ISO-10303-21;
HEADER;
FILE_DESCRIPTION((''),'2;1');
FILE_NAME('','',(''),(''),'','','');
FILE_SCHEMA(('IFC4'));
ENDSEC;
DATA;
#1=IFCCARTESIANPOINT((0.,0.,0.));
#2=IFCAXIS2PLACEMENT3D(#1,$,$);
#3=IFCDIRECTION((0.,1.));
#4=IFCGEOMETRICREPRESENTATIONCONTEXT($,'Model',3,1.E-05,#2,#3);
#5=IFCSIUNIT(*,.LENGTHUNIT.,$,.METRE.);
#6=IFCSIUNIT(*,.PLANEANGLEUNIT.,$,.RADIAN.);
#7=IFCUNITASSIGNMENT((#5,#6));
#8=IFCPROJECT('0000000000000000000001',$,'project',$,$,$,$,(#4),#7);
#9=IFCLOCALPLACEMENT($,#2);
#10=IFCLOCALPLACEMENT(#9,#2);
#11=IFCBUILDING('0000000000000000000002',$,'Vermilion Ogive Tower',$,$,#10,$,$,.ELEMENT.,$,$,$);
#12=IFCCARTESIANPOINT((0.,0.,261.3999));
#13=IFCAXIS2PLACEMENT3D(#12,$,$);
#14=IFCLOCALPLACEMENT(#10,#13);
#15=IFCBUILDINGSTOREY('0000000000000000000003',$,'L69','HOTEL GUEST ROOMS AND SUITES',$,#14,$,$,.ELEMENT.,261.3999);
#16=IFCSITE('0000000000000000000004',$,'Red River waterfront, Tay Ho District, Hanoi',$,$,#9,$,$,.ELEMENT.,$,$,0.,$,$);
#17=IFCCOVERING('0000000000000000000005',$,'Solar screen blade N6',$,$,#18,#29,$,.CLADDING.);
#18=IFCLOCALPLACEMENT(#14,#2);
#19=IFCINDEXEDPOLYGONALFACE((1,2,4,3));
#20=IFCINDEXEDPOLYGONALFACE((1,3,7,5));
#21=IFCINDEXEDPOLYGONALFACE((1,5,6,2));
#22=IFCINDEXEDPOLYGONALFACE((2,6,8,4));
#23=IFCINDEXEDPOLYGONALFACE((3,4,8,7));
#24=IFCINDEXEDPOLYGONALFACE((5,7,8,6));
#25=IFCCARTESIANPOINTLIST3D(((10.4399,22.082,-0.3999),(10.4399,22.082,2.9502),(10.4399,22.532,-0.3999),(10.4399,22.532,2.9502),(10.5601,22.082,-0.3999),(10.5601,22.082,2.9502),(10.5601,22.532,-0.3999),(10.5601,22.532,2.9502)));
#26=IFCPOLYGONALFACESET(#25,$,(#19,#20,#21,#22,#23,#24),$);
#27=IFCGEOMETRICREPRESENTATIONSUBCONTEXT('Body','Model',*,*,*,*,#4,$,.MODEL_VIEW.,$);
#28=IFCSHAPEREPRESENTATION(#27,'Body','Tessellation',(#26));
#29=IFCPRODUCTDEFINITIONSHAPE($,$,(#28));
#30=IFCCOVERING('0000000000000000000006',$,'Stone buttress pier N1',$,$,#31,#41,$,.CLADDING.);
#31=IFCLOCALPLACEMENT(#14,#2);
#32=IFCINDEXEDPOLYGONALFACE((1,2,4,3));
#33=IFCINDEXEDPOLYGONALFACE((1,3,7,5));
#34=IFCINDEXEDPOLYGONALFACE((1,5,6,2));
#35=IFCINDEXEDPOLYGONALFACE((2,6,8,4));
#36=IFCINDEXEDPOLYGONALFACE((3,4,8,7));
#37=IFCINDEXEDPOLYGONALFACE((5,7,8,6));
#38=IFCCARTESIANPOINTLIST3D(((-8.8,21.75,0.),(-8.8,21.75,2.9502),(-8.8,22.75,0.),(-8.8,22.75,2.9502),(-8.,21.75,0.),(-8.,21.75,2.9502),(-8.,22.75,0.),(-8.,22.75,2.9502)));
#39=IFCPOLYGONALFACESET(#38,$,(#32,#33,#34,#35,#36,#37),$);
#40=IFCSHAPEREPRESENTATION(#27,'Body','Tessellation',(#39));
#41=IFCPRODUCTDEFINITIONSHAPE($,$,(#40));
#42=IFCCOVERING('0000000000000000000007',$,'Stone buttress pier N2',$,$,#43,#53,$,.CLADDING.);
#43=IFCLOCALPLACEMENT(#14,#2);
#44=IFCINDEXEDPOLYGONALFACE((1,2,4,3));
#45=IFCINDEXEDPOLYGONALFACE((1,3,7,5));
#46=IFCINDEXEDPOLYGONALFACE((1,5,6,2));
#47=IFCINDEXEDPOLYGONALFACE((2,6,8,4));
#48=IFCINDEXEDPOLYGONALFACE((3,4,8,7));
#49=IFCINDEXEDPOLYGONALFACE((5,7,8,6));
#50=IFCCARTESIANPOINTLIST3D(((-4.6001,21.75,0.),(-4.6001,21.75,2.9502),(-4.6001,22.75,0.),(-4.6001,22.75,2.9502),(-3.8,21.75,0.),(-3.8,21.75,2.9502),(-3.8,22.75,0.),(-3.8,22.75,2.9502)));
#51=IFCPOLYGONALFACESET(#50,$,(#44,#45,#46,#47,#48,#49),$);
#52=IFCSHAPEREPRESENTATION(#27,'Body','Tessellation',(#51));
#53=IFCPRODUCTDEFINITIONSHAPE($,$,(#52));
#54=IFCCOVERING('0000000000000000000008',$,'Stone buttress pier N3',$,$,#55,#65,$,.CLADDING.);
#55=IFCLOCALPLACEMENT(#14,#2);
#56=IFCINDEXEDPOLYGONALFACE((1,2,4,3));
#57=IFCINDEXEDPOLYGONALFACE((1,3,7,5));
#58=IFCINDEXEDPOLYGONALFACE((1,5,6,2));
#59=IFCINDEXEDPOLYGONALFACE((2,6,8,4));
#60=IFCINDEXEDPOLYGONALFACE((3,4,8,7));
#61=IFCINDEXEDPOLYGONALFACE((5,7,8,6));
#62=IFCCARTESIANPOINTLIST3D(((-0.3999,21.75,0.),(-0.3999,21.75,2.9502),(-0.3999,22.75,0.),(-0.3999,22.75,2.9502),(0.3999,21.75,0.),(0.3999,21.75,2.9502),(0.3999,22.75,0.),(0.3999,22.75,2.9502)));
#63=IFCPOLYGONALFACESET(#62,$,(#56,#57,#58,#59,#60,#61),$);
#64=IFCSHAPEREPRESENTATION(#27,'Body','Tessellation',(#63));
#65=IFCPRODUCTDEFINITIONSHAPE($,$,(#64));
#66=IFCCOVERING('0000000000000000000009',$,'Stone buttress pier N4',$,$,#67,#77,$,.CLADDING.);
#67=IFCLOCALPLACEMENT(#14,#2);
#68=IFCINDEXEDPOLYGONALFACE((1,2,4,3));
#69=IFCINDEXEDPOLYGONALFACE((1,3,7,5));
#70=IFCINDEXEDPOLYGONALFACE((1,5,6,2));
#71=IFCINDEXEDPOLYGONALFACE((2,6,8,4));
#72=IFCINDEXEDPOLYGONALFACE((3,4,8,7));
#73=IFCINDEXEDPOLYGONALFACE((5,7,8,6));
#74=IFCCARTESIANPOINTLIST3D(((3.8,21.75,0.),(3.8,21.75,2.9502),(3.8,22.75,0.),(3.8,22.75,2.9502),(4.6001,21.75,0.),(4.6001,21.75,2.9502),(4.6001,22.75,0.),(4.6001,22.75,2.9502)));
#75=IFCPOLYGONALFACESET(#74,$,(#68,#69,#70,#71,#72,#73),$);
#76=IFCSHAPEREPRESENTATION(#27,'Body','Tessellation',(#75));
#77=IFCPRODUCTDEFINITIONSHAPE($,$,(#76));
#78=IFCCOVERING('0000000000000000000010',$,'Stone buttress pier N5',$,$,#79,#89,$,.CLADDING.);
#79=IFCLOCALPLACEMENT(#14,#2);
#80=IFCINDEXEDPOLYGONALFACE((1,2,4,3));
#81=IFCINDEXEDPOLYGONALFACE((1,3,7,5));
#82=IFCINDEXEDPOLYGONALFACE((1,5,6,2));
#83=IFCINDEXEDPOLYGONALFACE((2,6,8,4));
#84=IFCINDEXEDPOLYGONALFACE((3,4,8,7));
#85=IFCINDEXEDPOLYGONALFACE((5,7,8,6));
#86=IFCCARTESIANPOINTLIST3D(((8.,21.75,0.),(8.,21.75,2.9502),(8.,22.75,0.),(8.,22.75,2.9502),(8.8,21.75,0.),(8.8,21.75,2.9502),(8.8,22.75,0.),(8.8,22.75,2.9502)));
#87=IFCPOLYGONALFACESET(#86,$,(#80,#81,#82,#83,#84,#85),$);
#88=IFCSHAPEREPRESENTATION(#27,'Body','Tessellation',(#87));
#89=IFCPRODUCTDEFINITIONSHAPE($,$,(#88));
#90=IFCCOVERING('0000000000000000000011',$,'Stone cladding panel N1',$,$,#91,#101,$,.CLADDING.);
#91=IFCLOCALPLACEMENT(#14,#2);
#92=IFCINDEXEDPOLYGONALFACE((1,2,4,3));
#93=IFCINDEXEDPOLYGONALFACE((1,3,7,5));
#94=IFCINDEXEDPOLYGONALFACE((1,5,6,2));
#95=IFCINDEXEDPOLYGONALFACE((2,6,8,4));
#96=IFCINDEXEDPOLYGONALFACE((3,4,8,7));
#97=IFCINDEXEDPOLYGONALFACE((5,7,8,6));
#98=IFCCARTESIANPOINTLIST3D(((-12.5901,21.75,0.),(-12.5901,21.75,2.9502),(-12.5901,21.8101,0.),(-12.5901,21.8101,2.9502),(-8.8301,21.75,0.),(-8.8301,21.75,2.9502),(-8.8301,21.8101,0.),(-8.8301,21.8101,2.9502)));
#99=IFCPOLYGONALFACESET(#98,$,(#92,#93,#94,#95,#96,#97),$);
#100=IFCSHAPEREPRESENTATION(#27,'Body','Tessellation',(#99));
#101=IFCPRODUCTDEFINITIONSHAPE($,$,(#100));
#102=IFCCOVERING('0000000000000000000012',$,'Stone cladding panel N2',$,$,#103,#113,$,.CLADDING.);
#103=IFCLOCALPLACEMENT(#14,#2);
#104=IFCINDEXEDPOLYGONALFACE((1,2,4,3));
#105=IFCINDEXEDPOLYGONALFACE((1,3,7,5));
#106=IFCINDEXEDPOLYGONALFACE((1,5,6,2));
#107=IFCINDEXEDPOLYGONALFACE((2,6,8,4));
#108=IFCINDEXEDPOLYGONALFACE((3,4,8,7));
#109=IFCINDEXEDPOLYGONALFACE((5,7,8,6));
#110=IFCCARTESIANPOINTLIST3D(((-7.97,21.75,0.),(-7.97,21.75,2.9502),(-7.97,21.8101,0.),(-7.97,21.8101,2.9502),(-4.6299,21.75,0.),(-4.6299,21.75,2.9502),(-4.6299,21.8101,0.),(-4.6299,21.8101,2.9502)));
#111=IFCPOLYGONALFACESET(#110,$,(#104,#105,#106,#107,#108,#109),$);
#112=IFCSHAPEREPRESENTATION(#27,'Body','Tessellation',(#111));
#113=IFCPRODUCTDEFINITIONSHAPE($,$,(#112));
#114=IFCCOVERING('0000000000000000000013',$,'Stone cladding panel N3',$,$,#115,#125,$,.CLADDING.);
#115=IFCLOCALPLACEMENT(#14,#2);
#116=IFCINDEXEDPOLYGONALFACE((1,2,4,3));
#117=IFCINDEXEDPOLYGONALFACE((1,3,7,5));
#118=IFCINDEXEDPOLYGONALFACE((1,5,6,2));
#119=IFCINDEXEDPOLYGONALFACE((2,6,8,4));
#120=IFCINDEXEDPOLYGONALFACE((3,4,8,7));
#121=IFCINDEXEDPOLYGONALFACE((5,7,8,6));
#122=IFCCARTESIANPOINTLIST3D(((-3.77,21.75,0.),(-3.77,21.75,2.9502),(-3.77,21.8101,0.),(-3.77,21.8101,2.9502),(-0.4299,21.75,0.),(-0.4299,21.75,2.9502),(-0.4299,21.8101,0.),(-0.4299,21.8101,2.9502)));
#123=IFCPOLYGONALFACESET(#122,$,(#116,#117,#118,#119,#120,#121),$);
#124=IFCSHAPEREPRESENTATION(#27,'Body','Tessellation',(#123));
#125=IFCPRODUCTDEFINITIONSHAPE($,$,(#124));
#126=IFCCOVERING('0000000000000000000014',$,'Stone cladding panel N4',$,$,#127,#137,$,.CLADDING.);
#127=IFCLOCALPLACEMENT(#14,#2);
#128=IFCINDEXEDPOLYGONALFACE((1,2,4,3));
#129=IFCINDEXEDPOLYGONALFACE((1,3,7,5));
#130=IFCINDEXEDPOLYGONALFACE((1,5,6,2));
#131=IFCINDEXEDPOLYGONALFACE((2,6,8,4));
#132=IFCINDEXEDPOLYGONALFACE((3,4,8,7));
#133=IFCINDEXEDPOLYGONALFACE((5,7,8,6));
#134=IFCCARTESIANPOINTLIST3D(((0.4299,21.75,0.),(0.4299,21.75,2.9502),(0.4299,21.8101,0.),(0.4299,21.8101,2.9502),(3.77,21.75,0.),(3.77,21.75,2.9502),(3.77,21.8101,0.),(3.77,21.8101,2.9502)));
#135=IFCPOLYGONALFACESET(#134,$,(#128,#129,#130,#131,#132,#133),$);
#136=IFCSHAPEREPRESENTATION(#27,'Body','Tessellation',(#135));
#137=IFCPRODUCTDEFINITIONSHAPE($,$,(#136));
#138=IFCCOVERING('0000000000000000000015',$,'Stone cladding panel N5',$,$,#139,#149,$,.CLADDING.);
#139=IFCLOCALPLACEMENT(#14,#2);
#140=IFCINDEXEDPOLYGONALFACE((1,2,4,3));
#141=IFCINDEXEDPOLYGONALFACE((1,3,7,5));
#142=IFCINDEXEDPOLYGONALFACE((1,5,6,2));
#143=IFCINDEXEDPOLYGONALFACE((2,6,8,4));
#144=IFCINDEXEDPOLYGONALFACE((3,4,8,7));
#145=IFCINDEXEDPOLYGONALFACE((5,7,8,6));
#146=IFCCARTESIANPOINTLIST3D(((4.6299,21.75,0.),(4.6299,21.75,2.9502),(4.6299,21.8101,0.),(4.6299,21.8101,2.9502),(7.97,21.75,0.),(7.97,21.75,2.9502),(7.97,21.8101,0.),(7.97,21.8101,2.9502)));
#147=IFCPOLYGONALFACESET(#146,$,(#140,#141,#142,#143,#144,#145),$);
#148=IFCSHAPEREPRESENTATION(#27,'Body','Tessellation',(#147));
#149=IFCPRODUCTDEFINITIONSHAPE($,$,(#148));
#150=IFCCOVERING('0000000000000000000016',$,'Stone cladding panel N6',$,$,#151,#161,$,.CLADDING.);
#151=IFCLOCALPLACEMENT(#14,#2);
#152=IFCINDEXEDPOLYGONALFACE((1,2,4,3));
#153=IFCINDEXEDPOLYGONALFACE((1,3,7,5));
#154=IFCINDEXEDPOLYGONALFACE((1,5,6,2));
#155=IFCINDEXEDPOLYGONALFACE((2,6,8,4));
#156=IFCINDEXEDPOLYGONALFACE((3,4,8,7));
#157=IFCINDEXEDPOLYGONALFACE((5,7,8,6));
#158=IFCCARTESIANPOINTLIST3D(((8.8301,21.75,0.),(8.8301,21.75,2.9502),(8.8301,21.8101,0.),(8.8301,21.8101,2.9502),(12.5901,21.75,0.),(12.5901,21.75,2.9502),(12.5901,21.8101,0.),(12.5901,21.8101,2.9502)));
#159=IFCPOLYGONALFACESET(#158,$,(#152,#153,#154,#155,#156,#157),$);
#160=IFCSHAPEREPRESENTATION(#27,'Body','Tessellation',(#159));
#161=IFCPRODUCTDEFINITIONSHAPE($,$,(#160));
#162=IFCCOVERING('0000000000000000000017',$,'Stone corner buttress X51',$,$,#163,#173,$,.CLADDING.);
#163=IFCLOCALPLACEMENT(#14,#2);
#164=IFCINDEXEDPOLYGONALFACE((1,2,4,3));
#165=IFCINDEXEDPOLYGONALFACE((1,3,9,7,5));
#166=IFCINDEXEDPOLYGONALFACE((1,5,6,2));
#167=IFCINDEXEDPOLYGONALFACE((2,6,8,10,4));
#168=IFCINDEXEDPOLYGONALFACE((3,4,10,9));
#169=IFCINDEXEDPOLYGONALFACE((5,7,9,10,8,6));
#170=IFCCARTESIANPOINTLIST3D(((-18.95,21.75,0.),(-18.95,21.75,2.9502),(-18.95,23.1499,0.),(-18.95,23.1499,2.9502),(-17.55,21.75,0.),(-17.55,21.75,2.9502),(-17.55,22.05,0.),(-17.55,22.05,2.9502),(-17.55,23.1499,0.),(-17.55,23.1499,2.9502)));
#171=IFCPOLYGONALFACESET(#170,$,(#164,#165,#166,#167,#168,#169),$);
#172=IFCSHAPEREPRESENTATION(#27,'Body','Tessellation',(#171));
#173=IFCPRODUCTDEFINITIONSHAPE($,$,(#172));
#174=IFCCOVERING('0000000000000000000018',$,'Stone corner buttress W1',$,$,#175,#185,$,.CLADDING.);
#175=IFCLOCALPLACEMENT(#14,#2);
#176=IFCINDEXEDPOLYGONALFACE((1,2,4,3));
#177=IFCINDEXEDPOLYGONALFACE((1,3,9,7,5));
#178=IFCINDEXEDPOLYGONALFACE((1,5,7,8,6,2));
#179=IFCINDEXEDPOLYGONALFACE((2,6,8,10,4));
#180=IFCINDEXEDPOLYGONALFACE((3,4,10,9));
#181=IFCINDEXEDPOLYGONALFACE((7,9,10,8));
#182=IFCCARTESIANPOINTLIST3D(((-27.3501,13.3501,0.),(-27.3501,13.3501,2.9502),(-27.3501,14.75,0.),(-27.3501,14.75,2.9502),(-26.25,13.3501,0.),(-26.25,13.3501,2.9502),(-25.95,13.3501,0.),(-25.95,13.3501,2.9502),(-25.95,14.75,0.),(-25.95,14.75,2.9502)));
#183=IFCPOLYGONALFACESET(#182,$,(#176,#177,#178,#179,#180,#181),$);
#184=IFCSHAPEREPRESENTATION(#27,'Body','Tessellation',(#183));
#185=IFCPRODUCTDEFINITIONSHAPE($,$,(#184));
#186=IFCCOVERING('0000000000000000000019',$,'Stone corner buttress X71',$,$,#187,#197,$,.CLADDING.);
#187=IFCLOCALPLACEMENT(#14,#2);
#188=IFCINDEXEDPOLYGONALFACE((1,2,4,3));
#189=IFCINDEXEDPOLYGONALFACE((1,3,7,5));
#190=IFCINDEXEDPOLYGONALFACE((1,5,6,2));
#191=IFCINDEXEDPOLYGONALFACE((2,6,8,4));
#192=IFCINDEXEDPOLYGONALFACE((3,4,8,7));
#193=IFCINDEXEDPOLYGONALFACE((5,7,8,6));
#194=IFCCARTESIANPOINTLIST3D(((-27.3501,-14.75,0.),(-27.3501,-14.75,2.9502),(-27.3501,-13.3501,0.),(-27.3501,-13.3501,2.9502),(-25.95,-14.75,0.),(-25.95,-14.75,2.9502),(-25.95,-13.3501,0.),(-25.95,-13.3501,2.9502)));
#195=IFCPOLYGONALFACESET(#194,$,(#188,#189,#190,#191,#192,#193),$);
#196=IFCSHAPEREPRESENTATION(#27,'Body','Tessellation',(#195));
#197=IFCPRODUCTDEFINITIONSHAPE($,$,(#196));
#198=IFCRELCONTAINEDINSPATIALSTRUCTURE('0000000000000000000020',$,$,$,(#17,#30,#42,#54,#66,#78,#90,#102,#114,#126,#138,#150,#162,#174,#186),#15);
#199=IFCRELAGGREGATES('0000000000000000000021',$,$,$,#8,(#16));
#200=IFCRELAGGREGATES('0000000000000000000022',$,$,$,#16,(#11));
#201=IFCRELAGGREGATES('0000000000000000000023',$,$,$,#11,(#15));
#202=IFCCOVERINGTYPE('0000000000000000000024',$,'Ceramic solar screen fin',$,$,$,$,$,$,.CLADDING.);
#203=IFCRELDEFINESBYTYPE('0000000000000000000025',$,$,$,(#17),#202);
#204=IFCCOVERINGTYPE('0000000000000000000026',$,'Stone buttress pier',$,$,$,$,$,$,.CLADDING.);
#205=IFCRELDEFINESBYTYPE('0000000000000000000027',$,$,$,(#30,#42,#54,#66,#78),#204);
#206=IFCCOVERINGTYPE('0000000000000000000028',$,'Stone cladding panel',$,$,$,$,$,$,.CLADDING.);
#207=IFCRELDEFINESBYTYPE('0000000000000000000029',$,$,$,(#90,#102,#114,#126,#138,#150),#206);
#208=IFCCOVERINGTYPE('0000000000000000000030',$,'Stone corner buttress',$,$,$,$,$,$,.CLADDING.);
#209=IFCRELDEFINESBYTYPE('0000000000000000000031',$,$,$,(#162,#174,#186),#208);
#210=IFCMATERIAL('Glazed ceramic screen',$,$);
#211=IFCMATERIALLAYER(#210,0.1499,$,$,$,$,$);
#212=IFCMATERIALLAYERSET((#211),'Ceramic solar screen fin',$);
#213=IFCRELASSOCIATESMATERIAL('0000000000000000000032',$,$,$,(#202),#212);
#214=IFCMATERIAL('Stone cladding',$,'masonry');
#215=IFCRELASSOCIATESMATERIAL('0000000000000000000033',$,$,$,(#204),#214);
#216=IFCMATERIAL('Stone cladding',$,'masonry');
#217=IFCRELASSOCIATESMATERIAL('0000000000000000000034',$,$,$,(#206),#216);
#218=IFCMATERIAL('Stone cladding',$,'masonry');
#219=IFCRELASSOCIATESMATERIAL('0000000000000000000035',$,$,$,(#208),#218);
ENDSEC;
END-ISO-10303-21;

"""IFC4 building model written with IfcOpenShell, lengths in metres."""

from ifc_helpers import new_model, si_unit, direction, frame, origin, place, context, subcontext, project, spatial, polyline, outline, extrude, material, layer, layer_set, type_object, element, save


model = new_model("IFC4")

# Units and contexts
model_context = context("Model", 3, precision=1e-05, world=origin(), true_north=direction((0.0, 1.0)))
body_context = subcontext(model_context, "Body", "Model", "MODEL_VIEW")
ifc_project = project(units=[si_unit("LENGTHUNIT", "METRE"), si_unit("PLANEANGLEUNIT", "RADIAN")], contexts=[model_context])

# Site, building, storey
site_placement = place(None, origin())
site = spatial("IfcSite", under=ifc_project, at=site_placement, Name="Red River waterfront, Tay Ho District, Hanoi", CompositionType="ELEMENT", RefElevation=0.0)
building_placement = place(site_placement, origin())
building = spatial("IfcBuilding", under=site, at=building_placement, Name="Vermilion Ogive Tower", CompositionType="ELEMENT")
storey_placement = place(building_placement, frame((0.0, 0.0, 261.3999)))
storey = spatial("IfcBuildingStorey", under=building, at=storey_placement, Name="L69", Description="HOTEL GUEST ROOMS AND SUITES", CompositionType="ELEMENT", Elevation=261.3999)

# Coverings
ifc_material_1 = material(Name="Glazed ceramic screen")
ifc_layer_1 = layer(ifc_material_1, 0.1499)
ifc_layer_set_1 = layer_set([ifc_layer_1], Name="Ceramic solar screen fin")
covering_type_1 = type_object("IfcCoveringType", Name="Ceramic solar screen fin", PredefinedType="CLADDING", material=ifc_layer_set_1)
covering_1_placement = place(storey_placement, frame((0.0, 0.0, -0.3999)))
element("IfcCovering", 1, at=covering_1_placement, inside=storey, type_object=covering_type_1, Name="Solar screen blade N6", PredefinedType="CLADDING", context=body_context, shape_type="SweptSolid", body=[
    extrude(outline(polyline([(10.4399, 22.082), (10.5601, 22.082), (10.5601, 22.532), (10.4399, 22.532), (10.4399, 22.082)])), origin(), (0.0, 0.0, 1.0), 3.3501),
])
ifc_material_2 = material(Name="Stone cladding", Category="masonry")
covering_type_2 = type_object("IfcCoveringType", Name="Stone buttress pier", PredefinedType="CLADDING", material=ifc_material_2)
covering_2_placement = place(storey_placement, origin())
element("IfcCovering", 2, at=covering_2_placement, inside=storey, type_object=covering_type_2, Name="Stone buttress pier N1", PredefinedType="CLADDING", context=body_context, shape_type="SweptSolid", body=[
    extrude(outline(polyline([(-8.8, 21.75), (-8.0, 21.75), (-8.0, 22.75), (-8.8, 22.75), (-8.8, 21.75)])), origin(), (0.0, 0.0, 1.0), 2.9502),
])
covering_3_placement = place(storey_placement, origin())
element("IfcCovering", 3, at=covering_3_placement, inside=storey, type_object=covering_type_2, Name="Stone buttress pier N2", PredefinedType="CLADDING", context=body_context, shape_type="SweptSolid", body=[
    extrude(outline(polyline([(-4.6001, 21.75), (-3.8, 21.75), (-3.8, 22.75), (-4.6001, 22.75), (-4.6001, 21.75)])), origin(), (0.0, 0.0, 1.0), 2.9502),
])
covering_4_placement = place(storey_placement, origin())
element("IfcCovering", 4, at=covering_4_placement, inside=storey, type_object=covering_type_2, Name="Stone buttress pier N3", PredefinedType="CLADDING", context=body_context, shape_type="SweptSolid", body=[
    extrude(outline(polyline([(-0.3999, 21.75), (0.3999, 21.75), (0.3999, 22.75), (-0.3999, 22.75), (-0.3999, 21.75)])), origin(), (0.0, 0.0, 1.0), 2.9502),
])
covering_5_placement = place(storey_placement, origin())
element("IfcCovering", 5, at=covering_5_placement, inside=storey, type_object=covering_type_2, Name="Stone buttress pier N4", PredefinedType="CLADDING", context=body_context, shape_type="SweptSolid", body=[
    extrude(outline(polyline([(3.8, 21.75), (4.6001, 21.75), (4.6001, 22.75), (3.8, 22.75), (3.8, 21.75)])), origin(), (0.0, 0.0, 1.0), 2.9502),
])
covering_6_placement = place(storey_placement, origin())
element("IfcCovering", 6, at=covering_6_placement, inside=storey, type_object=covering_type_2, Name="Stone buttress pier N5", PredefinedType="CLADDING", context=body_context, shape_type="SweptSolid", body=[
    extrude(outline(polyline([(8.0, 21.75), (8.8, 21.75), (8.8, 22.75), (8.0, 22.75), (8.0, 21.75)])), origin(), (0.0, 0.0, 1.0), 2.9502),
])
ifc_material_3 = material(Name="Stone cladding", Category="masonry")
covering_type_3 = type_object("IfcCoveringType", Name="Stone cladding panel", PredefinedType="CLADDING", material=ifc_material_3)
covering_7_placement = place(storey_placement, origin())
element("IfcCovering", 7, at=covering_7_placement, inside=storey, type_object=covering_type_3, Name="Stone cladding panel N1", PredefinedType="CLADDING", context=body_context, shape_type="SweptSolid", body=[
    extrude(outline(polyline([(-12.5901, 21.75), (-8.8301, 21.75), (-8.8301, 21.8101), (-12.5901, 21.8101), (-12.5901, 21.75)])), origin(), (0.0, 0.0, 1.0), 2.9502),
])
covering_8_placement = place(storey_placement, origin())
element("IfcCovering", 8, at=covering_8_placement, inside=storey, type_object=covering_type_3, Name="Stone cladding panel N2", PredefinedType="CLADDING", context=body_context, shape_type="SweptSolid", body=[
    extrude(outline(polyline([(-7.97, 21.75), (-4.6299, 21.75), (-4.6299, 21.8101), (-7.97, 21.8101), (-7.97, 21.75)])), origin(), (0.0, 0.0, 1.0), 2.9502),
])
covering_9_placement = place(storey_placement, origin())
element("IfcCovering", 9, at=covering_9_placement, inside=storey, type_object=covering_type_3, Name="Stone cladding panel N3", PredefinedType="CLADDING", context=body_context, shape_type="SweptSolid", body=[
    extrude(outline(polyline([(-3.77, 21.75), (-0.4299, 21.75), (-0.4299, 21.8101), (-3.77, 21.8101), (-3.77, 21.75)])), origin(), (0.0, 0.0, 1.0), 2.9502),
])
covering_10_placement = place(storey_placement, origin())
element("IfcCovering", 10, at=covering_10_placement, inside=storey, type_object=covering_type_3, Name="Stone cladding panel N4", PredefinedType="CLADDING", context=body_context, shape_type="SweptSolid", body=[
    extrude(outline(polyline([(0.4299, 21.75), (3.77, 21.75), (3.77, 21.8101), (0.4299, 21.8101), (0.4299, 21.75)])), origin(), (0.0, 0.0, 1.0), 2.9502),
])
covering_11_placement = place(storey_placement, origin())
element("IfcCovering", 11, at=covering_11_placement, inside=storey, type_object=covering_type_3, Name="Stone cladding panel N5", PredefinedType="CLADDING", context=body_context, shape_type="SweptSolid", body=[
    extrude(outline(polyline([(4.6299, 21.75), (7.97, 21.75), (7.97, 21.8101), (4.6299, 21.8101), (4.6299, 21.75)])), origin(), (0.0, 0.0, 1.0), 2.9502),
])
covering_12_placement = place(storey_placement, origin())
element("IfcCovering", 12, at=covering_12_placement, inside=storey, type_object=covering_type_3, Name="Stone cladding panel N6", PredefinedType="CLADDING", context=body_context, shape_type="SweptSolid", body=[
    extrude(outline(polyline([(8.8301, 21.75), (12.5901, 21.75), (12.5901, 21.8101), (8.8301, 21.8101), (8.8301, 21.75)])), origin(), (0.0, 0.0, 1.0), 2.9502),
])
ifc_material_4 = material(Name="Stone cladding", Category="masonry")
covering_type_4 = type_object("IfcCoveringType", Name="Stone corner buttress", PredefinedType="CLADDING", material=ifc_material_4)
covering_13_placement = place(storey_placement, origin())
element("IfcCovering", 13, at=covering_13_placement, inside=storey, type_object=covering_type_4, Name="Stone corner buttress X51", PredefinedType="CLADDING", context=body_context, shape_type="SweptSolid", body=[
    extrude(outline(polyline([(-18.95, 21.75), (-18.95, 23.1499), (-17.55, 23.1499), (-17.55, 22.05), (-17.55, 21.75), (-18.95, 21.75)])), origin(), (0.0, 0.0, 1.0), 2.9502),
])
covering_14_placement = place(storey_placement, origin())
element("IfcCovering", 14, at=covering_14_placement, inside=storey, type_object=covering_type_4, Name="Stone corner buttress W1", PredefinedType="CLADDING", context=body_context, shape_type="SweptSolid", body=[
    extrude(outline(polyline([(-25.95, 14.75), (-25.95, 13.3501), (-26.25, 13.3501), (-27.3501, 13.3501), (-27.3501, 14.75), (-25.95, 14.75)])), origin(), (0.0, 0.0, 1.0), 2.9502),
])
covering_15_placement = place(storey_placement, origin())
element("IfcCovering", 15, at=covering_15_placement, inside=storey, type_object=covering_type_4, Name="Stone corner buttress X71", PredefinedType="CLADDING", context=body_context, shape_type="SweptSolid", body=[
    extrude(outline(polyline([(-27.3501, -14.75), (-27.3501, -13.3501), (-25.95, -13.3501), (-25.95, -14.75), (-27.3501, -14.75)])), origin(), (0.0, 0.0, 1.0), 2.9502),
])

save(model, "model.ifc")
